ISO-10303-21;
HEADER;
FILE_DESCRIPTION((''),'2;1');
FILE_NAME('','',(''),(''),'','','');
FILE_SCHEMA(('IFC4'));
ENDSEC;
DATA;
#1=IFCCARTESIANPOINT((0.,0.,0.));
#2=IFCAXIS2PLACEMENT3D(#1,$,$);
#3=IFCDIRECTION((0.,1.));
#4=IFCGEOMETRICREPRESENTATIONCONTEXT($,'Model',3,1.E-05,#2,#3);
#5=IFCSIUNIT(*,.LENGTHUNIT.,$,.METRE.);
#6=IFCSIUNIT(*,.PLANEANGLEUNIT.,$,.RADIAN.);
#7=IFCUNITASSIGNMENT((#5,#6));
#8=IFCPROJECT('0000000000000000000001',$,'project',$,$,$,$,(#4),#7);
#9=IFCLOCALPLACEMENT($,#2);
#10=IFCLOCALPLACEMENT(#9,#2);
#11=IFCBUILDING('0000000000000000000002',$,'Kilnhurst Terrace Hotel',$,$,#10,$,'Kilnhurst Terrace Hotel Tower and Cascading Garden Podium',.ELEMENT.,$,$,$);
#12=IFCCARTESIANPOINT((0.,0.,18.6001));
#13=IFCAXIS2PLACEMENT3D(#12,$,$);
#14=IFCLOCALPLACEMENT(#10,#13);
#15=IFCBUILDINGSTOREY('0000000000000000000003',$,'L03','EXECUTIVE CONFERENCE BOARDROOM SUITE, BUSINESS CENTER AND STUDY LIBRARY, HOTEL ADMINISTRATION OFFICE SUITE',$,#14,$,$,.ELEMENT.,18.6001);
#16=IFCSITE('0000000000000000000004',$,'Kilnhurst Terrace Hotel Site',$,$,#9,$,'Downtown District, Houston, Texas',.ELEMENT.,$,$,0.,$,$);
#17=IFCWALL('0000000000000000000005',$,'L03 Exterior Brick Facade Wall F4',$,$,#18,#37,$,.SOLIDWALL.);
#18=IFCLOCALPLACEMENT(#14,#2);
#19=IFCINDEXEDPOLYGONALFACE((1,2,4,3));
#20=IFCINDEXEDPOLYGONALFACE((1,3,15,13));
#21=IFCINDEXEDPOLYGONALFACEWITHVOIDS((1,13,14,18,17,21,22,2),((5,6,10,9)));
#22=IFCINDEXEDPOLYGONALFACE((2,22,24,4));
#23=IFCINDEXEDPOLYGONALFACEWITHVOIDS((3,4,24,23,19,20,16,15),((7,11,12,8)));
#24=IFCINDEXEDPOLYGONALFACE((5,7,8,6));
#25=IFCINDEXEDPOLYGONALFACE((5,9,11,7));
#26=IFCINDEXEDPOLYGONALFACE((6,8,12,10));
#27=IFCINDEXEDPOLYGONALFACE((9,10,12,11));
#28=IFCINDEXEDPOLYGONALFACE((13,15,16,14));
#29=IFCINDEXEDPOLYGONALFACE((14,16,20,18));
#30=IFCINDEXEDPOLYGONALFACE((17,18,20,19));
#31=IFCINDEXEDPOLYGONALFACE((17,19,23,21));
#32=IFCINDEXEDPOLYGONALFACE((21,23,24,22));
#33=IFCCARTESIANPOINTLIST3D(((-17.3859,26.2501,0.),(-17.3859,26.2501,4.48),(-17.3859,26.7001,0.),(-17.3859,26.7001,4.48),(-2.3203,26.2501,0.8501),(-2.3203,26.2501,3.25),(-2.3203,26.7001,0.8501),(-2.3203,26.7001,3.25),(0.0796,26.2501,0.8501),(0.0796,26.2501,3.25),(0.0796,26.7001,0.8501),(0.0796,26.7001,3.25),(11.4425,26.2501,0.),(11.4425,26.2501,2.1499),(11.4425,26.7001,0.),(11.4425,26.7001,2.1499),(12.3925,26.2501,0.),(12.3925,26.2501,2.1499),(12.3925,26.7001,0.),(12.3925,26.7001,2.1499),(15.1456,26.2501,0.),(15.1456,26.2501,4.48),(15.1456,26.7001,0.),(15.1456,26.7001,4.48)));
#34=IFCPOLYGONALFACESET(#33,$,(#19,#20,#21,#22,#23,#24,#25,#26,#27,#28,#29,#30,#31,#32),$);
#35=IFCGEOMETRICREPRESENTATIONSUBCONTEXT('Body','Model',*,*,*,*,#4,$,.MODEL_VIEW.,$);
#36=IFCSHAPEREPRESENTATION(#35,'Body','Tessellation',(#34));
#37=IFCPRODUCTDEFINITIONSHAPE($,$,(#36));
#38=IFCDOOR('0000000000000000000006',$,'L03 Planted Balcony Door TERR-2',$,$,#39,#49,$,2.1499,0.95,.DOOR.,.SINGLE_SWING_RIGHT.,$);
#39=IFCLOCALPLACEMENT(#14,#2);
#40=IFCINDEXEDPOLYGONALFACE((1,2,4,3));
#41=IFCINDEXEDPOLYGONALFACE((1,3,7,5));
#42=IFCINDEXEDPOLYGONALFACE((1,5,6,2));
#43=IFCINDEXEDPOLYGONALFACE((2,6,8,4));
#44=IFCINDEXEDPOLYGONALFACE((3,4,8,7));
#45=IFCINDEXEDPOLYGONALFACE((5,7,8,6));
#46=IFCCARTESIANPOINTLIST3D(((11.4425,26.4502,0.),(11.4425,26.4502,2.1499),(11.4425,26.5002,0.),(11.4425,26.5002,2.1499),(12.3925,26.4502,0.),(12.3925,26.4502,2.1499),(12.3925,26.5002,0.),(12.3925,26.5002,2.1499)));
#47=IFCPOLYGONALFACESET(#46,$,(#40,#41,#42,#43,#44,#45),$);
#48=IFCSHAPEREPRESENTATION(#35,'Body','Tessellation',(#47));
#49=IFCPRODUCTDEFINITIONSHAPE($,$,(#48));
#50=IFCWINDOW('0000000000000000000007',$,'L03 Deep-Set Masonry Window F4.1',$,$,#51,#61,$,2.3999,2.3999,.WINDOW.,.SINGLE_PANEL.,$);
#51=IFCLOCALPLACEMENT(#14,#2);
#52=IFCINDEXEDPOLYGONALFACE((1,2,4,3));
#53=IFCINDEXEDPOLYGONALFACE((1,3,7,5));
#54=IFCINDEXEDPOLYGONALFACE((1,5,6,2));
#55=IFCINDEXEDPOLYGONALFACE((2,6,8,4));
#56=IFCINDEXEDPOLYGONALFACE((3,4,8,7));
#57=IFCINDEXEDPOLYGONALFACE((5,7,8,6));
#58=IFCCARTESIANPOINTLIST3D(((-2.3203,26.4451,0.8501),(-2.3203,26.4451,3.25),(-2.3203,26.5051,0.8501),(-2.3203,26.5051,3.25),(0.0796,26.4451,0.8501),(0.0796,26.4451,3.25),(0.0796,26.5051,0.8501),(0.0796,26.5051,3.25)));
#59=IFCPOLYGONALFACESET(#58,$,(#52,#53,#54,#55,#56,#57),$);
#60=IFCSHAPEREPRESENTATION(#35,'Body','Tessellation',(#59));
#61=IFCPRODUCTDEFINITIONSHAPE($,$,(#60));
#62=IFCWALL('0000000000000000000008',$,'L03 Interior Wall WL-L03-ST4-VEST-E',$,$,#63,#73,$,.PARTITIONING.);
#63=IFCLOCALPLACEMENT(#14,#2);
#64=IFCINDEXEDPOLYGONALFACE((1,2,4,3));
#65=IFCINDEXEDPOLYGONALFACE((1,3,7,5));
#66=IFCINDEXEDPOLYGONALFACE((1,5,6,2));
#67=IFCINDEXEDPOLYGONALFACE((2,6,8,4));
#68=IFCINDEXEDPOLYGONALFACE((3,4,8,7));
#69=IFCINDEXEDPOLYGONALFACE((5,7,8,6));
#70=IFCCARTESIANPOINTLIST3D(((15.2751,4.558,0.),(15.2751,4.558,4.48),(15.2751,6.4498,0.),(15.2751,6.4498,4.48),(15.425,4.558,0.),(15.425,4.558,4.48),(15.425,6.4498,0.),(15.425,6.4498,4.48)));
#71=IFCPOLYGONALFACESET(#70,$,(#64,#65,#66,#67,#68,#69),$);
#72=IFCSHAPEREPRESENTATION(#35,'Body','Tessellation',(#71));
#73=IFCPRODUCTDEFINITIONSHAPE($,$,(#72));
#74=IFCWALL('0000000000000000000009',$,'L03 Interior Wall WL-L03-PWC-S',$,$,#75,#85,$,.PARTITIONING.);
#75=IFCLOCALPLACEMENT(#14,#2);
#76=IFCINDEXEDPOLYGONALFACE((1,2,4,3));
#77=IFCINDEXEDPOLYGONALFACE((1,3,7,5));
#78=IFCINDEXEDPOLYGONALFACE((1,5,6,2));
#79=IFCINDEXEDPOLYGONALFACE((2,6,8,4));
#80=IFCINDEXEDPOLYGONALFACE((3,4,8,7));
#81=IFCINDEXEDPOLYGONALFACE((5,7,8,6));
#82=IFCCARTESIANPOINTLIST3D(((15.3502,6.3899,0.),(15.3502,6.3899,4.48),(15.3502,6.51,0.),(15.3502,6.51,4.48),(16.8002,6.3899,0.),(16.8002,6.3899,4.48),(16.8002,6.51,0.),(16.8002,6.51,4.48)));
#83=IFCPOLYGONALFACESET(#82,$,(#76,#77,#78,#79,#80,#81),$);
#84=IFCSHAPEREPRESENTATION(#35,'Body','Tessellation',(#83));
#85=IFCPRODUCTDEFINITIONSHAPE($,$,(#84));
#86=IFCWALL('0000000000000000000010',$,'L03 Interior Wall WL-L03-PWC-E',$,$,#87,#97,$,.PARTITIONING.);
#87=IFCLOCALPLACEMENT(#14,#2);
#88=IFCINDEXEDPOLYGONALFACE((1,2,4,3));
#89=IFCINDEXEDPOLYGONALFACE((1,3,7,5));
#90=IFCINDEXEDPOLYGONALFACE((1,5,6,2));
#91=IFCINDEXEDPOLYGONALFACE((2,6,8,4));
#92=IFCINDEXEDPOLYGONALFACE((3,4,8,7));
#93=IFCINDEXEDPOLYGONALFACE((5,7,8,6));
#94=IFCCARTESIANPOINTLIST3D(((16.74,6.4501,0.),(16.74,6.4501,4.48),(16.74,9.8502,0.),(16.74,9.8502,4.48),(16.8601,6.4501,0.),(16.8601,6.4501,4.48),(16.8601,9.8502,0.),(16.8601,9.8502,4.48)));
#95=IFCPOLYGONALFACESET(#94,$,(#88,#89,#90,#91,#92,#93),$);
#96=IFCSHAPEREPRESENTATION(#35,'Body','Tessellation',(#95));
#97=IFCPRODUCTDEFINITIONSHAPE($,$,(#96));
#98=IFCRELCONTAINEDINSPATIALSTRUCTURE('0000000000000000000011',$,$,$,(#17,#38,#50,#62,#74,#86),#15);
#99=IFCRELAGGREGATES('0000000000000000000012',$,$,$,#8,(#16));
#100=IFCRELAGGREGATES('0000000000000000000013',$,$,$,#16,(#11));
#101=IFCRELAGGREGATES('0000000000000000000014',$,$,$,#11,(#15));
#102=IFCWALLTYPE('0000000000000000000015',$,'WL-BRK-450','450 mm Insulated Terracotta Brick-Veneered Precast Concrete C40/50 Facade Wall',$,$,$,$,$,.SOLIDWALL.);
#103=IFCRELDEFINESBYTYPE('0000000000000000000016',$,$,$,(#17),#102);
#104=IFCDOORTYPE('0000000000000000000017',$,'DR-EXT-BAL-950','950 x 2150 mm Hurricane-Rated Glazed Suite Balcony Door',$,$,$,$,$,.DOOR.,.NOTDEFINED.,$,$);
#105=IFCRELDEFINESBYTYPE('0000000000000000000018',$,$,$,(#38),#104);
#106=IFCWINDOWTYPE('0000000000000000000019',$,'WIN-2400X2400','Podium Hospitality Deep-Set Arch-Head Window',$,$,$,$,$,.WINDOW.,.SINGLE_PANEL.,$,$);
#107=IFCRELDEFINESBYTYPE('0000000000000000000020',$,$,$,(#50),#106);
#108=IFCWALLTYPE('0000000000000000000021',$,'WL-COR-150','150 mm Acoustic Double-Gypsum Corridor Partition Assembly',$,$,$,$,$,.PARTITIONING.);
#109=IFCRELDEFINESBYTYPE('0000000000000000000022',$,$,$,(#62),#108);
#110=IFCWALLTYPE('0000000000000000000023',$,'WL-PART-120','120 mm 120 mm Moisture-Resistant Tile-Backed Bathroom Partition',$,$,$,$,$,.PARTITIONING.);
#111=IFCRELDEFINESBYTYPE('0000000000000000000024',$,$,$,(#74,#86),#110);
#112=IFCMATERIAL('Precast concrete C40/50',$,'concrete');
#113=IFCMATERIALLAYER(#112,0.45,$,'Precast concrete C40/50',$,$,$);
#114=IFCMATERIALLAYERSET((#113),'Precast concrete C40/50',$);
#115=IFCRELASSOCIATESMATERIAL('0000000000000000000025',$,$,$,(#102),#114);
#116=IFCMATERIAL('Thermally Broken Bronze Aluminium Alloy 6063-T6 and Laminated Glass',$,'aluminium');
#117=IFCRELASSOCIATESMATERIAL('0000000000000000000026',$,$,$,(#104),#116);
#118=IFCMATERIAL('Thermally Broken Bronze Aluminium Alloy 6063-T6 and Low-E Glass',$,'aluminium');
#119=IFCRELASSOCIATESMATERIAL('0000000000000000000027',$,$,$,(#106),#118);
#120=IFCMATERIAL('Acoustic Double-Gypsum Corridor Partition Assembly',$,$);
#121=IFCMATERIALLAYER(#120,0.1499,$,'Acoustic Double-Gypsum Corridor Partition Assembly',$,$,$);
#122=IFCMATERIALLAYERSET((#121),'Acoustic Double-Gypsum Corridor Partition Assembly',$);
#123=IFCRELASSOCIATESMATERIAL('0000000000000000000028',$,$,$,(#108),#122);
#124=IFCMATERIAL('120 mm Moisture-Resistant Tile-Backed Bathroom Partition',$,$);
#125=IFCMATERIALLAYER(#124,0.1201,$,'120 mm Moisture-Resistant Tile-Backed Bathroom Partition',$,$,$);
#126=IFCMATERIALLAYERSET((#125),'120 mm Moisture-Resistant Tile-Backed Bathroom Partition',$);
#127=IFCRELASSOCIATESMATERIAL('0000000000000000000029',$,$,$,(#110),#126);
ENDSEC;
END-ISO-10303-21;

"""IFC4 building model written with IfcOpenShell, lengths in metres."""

from ifc_helpers import new_model, si_unit, direction, frame, frame_2d, origin, place, context, subcontext, project, spatial, rectangle, extrude, material, layer, layer_set, type_object, element, fill, save


model = new_model("IFC4")

# Units and contexts
model_context = context("Model", 3, precision=1e-05, world=origin(), true_north=direction((0.0, 1.0)))
body_context = subcontext(model_context, "Body", "Model", "MODEL_VIEW")
ifc_project = project(units=[si_unit("LENGTHUNIT", "METRE"), si_unit("PLANEANGLEUNIT", "RADIAN")], contexts=[model_context])

# Site, building, storey
site_placement = place(None, origin())
site = spatial("IfcSite", under=ifc_project, at=site_placement, Name="Kilnhurst Terrace Hotel Site", LongName="Downtown District, Houston, Texas", CompositionType="ELEMENT", RefElevation=0.0)
building_placement = place(site_placement, origin())
building = spatial("IfcBuilding", under=site, at=building_placement, Name="Kilnhurst Terrace Hotel", LongName="Kilnhurst Terrace Hotel Tower and Cascading Garden Podium", CompositionType="ELEMENT")
storey_placement = place(building_placement, frame((0.0, 0.0, 18.6001)))
storey = spatial("IfcBuildingStorey", under=building, at=storey_placement, Name="L03", Description="EXECUTIVE CONFERENCE BOARDROOM SUITE, BUSINESS CENTER AND STUDY LIBRARY, HOTEL ADMINISTRATION OFFICE SUITE", CompositionType="ELEMENT", Elevation=18.6001)

# Shared definitions
ifc_material_1 = material(Name="Precast concrete C40/50", Category="concrete")
ifc_layer_1 = layer(ifc_material_1, 0.45, Name="Precast concrete C40/50")
ifc_layer_set_1 = layer_set([ifc_layer_1], Name="Precast concrete C40/50")
wall_type_1 = type_object("IfcWallType", Name="WL-BRK-450", Description="450 mm Insulated Terracotta Brick-Veneered Precast Concrete C40/50 Facade Wall", PredefinedType="SOLIDWALL", material=ifc_layer_set_1)

# Wall, openings, door, window
wall_1_placement = place(storey_placement, frame((15.1455, 26.4751, 0.0), z_axis=(0.0, 0.0, 1.0), x_axis=(-1.0, 0.0, 0.0)))
wall_1 = element("IfcWall", 1, at=wall_1_placement, inside=storey, type_object=wall_type_1, Name="L03 Exterior Brick Facade Wall F4", PredefinedType="SOLIDWALL", context=body_context, shape_type="SweptSolid", body=[
    extrude(rectangle(XDim=32.5315, YDim=0.45, at=frame_2d((16.2656, 0.0))), origin(), (0.0, 0.0, 1.0), 4.48),
])
opening_1_placement = place(wall_1_placement, frame((2.7529, 0.0, 0.0)))
opening_1 = element("IfcOpeningElement", 2, at=opening_1_placement, cuts=wall_1, PredefinedType="OPENING", context=body_context, shape_type="SweptSolid", body=[
    extrude(rectangle(XDim=0.95, YDim=2.1499, at=frame_2d((0.4751, 1.075))), frame((0.0, 0.2349, 0.0), z_axis=(0.0, -1.0, 0.0), x_axis=(1.0, 0.0, 0.0)), (0.0, 0.0, 1.0), 0.47),
])
opening_2_placement = place(wall_1_placement, frame((15.0659, 0.0, 0.8501)))
opening_2 = element("IfcOpeningElement", 3, at=opening_2_placement, cuts=wall_1, PredefinedType="OPENING", context=body_context, shape_type="SweptSolid", body=[
    extrude(rectangle(XDim=2.3999, YDim=2.3999, at=frame_2d((1.2, 1.2))), frame((0.0, 0.2349, 0.0), z_axis=(0.0, -1.0, 0.0), x_axis=(1.0, 0.0, 0.0)), (0.0, 0.0, 1.0), 0.47),
])
ifc_material_2 = material(Name="Thermally Broken Bronze Aluminium Alloy 6063-T6 and Laminated Glass", Category="aluminium")
door_type = type_object("IfcDoorType", Name="DR-EXT-BAL-950", Description="950 x 2150 mm Hurricane-Rated Glazed Suite Balcony Door", OperationType="NOTDEFINED", PredefinedType="DOOR", material=ifc_material_2)
door_placement = place(opening_1_placement, origin())
door = element("IfcDoor", 4, at=door_placement, inside=storey, type_object=door_type, Name="L03 Planted Balcony Door TERR-2", OperationType="SINGLE_SWING_RIGHT", OverallHeight=2.1499, OverallWidth=0.95, PredefinedType="DOOR", context=body_context, shape_type="SweptSolid", body=[
    extrude(rectangle(XDim=0.95, YDim=2.1499, at=frame_2d((0.4751, 1.075))), frame((0.0, 0.0249, 0.0), z_axis=(0.0, -1.0, 0.0), x_axis=(1.0, 0.0, 0.0)), (0.0, 0.0, 1.0), 0.05),
])
fill(opening_1, door)
ifc_material_3 = material(Name="Thermally Broken Bronze Aluminium Alloy 6063-T6 and Low-E Glass", Category="aluminium")
window_type = type_object("IfcWindowType", Name="WIN-2400X2400", Description="Podium Hospitality Deep-Set Arch-Head Window", PartitioningType="SINGLE_PANEL", PredefinedType="WINDOW", material=ifc_material_3)
window_placement = place(opening_2_placement, origin())
window = element("IfcWindow", 5, at=window_placement, inside=storey, type_object=window_type, Name="L03 Deep-Set Masonry Window F4.1", OverallHeight=2.3999, OverallWidth=2.3999, PartitioningType="SINGLE_PANEL", PredefinedType="WINDOW", context=body_context, shape_type="SweptSolid", body=[
    extrude(rectangle(XDim=2.3999, YDim=2.3999, at=frame_2d((1.2, 1.2))), frame((0.0, 0.03, 0.0), z_axis=(0.0, -1.0, 0.0), x_axis=(1.0, 0.0, 0.0)), (0.0, 0.0, 1.0), 0.0601),
])
fill(opening_2, window)

# Walls
ifc_material_4 = material(Name="Acoustic Double-Gypsum Corridor Partition Assembly")
ifc_layer_2 = layer(ifc_material_4, 0.1499, Name="Acoustic Double-Gypsum Corridor Partition Assembly")
ifc_layer_set_2 = layer_set([ifc_layer_2], Name="Acoustic Double-Gypsum Corridor Partition Assembly")
wall_type_2 = type_object("IfcWallType", Name="WL-COR-150", Description="150 mm Acoustic Double-Gypsum Corridor Partition Assembly", PredefinedType="PARTITIONING", material=ifc_layer_set_2)
wall_2_placement = place(storey_placement, frame((15.3501, 4.5581, 0.0), z_axis=(0.0, 0.0, 1.0), x_axis=(0.0, 1.0, 0.0)))
element("IfcWall", 6, at=wall_2_placement, inside=storey, type_object=wall_type_2, Name="L03 Interior Wall WL-L03-ST4-VEST-E", PredefinedType="PARTITIONING", context=body_context, shape_type="SweptSolid", body=[
    extrude(rectangle(XDim=1.8918, YDim=0.1499, at=frame_2d((0.9458, 0.0))), origin(), (0.0, 0.0, 1.0), 4.48),
])
ifc_material_5 = material(Name="120 mm Moisture-Resistant Tile-Backed Bathroom Partition")
ifc_layer_3 = layer(ifc_material_5, 0.1201, Name="120 mm Moisture-Resistant Tile-Backed Bathroom Partition")
ifc_layer_set_3 = layer_set([ifc_layer_3], Name="120 mm Moisture-Resistant Tile-Backed Bathroom Partition")
wall_type_3 = type_object("IfcWallType", Name="WL-PART-120", Description="120 mm 120 mm Moisture-Resistant Tile-Backed Bathroom Partition", PredefinedType="PARTITIONING", material=ifc_layer_set_3)
wall_3_placement = place(storey_placement, frame((15.3501, 6.45, 0.0), z_axis=(0.0, 0.0, 1.0), x_axis=(1.0, 0.0, 0.0)))
element("IfcWall", 7, at=wall_3_placement, inside=storey, type_object=wall_type_3, Name="L03 Interior Wall WL-L03-PWC-S", PredefinedType="PARTITIONING", context=body_context, shape_type="SweptSolid", body=[
    extrude(rectangle(XDim=1.45, YDim=0.1201, at=frame_2d((0.7251, 0.0))), origin(), (0.0, 0.0, 1.0), 4.48),
])
wall_4_placement = place(storey_placement, frame((16.8, 6.45, 0.0), z_axis=(0.0, 0.0, 1.0), x_axis=(0.0, 1.0, 0.0)))
element("IfcWall", 8, at=wall_4_placement, inside=storey, type_object=wall_type_3, Name="L03 Interior Wall WL-L03-PWC-E", PredefinedType="PARTITIONING", context=body_context, shape_type="SweptSolid", body=[
    extrude(rectangle(XDim=3.4001, YDim=0.1201, at=frame_2d((1.7002, 0.0))), origin(), (0.0, 0.0, 1.0), 4.48),
])

save(model, "model.ifc")
